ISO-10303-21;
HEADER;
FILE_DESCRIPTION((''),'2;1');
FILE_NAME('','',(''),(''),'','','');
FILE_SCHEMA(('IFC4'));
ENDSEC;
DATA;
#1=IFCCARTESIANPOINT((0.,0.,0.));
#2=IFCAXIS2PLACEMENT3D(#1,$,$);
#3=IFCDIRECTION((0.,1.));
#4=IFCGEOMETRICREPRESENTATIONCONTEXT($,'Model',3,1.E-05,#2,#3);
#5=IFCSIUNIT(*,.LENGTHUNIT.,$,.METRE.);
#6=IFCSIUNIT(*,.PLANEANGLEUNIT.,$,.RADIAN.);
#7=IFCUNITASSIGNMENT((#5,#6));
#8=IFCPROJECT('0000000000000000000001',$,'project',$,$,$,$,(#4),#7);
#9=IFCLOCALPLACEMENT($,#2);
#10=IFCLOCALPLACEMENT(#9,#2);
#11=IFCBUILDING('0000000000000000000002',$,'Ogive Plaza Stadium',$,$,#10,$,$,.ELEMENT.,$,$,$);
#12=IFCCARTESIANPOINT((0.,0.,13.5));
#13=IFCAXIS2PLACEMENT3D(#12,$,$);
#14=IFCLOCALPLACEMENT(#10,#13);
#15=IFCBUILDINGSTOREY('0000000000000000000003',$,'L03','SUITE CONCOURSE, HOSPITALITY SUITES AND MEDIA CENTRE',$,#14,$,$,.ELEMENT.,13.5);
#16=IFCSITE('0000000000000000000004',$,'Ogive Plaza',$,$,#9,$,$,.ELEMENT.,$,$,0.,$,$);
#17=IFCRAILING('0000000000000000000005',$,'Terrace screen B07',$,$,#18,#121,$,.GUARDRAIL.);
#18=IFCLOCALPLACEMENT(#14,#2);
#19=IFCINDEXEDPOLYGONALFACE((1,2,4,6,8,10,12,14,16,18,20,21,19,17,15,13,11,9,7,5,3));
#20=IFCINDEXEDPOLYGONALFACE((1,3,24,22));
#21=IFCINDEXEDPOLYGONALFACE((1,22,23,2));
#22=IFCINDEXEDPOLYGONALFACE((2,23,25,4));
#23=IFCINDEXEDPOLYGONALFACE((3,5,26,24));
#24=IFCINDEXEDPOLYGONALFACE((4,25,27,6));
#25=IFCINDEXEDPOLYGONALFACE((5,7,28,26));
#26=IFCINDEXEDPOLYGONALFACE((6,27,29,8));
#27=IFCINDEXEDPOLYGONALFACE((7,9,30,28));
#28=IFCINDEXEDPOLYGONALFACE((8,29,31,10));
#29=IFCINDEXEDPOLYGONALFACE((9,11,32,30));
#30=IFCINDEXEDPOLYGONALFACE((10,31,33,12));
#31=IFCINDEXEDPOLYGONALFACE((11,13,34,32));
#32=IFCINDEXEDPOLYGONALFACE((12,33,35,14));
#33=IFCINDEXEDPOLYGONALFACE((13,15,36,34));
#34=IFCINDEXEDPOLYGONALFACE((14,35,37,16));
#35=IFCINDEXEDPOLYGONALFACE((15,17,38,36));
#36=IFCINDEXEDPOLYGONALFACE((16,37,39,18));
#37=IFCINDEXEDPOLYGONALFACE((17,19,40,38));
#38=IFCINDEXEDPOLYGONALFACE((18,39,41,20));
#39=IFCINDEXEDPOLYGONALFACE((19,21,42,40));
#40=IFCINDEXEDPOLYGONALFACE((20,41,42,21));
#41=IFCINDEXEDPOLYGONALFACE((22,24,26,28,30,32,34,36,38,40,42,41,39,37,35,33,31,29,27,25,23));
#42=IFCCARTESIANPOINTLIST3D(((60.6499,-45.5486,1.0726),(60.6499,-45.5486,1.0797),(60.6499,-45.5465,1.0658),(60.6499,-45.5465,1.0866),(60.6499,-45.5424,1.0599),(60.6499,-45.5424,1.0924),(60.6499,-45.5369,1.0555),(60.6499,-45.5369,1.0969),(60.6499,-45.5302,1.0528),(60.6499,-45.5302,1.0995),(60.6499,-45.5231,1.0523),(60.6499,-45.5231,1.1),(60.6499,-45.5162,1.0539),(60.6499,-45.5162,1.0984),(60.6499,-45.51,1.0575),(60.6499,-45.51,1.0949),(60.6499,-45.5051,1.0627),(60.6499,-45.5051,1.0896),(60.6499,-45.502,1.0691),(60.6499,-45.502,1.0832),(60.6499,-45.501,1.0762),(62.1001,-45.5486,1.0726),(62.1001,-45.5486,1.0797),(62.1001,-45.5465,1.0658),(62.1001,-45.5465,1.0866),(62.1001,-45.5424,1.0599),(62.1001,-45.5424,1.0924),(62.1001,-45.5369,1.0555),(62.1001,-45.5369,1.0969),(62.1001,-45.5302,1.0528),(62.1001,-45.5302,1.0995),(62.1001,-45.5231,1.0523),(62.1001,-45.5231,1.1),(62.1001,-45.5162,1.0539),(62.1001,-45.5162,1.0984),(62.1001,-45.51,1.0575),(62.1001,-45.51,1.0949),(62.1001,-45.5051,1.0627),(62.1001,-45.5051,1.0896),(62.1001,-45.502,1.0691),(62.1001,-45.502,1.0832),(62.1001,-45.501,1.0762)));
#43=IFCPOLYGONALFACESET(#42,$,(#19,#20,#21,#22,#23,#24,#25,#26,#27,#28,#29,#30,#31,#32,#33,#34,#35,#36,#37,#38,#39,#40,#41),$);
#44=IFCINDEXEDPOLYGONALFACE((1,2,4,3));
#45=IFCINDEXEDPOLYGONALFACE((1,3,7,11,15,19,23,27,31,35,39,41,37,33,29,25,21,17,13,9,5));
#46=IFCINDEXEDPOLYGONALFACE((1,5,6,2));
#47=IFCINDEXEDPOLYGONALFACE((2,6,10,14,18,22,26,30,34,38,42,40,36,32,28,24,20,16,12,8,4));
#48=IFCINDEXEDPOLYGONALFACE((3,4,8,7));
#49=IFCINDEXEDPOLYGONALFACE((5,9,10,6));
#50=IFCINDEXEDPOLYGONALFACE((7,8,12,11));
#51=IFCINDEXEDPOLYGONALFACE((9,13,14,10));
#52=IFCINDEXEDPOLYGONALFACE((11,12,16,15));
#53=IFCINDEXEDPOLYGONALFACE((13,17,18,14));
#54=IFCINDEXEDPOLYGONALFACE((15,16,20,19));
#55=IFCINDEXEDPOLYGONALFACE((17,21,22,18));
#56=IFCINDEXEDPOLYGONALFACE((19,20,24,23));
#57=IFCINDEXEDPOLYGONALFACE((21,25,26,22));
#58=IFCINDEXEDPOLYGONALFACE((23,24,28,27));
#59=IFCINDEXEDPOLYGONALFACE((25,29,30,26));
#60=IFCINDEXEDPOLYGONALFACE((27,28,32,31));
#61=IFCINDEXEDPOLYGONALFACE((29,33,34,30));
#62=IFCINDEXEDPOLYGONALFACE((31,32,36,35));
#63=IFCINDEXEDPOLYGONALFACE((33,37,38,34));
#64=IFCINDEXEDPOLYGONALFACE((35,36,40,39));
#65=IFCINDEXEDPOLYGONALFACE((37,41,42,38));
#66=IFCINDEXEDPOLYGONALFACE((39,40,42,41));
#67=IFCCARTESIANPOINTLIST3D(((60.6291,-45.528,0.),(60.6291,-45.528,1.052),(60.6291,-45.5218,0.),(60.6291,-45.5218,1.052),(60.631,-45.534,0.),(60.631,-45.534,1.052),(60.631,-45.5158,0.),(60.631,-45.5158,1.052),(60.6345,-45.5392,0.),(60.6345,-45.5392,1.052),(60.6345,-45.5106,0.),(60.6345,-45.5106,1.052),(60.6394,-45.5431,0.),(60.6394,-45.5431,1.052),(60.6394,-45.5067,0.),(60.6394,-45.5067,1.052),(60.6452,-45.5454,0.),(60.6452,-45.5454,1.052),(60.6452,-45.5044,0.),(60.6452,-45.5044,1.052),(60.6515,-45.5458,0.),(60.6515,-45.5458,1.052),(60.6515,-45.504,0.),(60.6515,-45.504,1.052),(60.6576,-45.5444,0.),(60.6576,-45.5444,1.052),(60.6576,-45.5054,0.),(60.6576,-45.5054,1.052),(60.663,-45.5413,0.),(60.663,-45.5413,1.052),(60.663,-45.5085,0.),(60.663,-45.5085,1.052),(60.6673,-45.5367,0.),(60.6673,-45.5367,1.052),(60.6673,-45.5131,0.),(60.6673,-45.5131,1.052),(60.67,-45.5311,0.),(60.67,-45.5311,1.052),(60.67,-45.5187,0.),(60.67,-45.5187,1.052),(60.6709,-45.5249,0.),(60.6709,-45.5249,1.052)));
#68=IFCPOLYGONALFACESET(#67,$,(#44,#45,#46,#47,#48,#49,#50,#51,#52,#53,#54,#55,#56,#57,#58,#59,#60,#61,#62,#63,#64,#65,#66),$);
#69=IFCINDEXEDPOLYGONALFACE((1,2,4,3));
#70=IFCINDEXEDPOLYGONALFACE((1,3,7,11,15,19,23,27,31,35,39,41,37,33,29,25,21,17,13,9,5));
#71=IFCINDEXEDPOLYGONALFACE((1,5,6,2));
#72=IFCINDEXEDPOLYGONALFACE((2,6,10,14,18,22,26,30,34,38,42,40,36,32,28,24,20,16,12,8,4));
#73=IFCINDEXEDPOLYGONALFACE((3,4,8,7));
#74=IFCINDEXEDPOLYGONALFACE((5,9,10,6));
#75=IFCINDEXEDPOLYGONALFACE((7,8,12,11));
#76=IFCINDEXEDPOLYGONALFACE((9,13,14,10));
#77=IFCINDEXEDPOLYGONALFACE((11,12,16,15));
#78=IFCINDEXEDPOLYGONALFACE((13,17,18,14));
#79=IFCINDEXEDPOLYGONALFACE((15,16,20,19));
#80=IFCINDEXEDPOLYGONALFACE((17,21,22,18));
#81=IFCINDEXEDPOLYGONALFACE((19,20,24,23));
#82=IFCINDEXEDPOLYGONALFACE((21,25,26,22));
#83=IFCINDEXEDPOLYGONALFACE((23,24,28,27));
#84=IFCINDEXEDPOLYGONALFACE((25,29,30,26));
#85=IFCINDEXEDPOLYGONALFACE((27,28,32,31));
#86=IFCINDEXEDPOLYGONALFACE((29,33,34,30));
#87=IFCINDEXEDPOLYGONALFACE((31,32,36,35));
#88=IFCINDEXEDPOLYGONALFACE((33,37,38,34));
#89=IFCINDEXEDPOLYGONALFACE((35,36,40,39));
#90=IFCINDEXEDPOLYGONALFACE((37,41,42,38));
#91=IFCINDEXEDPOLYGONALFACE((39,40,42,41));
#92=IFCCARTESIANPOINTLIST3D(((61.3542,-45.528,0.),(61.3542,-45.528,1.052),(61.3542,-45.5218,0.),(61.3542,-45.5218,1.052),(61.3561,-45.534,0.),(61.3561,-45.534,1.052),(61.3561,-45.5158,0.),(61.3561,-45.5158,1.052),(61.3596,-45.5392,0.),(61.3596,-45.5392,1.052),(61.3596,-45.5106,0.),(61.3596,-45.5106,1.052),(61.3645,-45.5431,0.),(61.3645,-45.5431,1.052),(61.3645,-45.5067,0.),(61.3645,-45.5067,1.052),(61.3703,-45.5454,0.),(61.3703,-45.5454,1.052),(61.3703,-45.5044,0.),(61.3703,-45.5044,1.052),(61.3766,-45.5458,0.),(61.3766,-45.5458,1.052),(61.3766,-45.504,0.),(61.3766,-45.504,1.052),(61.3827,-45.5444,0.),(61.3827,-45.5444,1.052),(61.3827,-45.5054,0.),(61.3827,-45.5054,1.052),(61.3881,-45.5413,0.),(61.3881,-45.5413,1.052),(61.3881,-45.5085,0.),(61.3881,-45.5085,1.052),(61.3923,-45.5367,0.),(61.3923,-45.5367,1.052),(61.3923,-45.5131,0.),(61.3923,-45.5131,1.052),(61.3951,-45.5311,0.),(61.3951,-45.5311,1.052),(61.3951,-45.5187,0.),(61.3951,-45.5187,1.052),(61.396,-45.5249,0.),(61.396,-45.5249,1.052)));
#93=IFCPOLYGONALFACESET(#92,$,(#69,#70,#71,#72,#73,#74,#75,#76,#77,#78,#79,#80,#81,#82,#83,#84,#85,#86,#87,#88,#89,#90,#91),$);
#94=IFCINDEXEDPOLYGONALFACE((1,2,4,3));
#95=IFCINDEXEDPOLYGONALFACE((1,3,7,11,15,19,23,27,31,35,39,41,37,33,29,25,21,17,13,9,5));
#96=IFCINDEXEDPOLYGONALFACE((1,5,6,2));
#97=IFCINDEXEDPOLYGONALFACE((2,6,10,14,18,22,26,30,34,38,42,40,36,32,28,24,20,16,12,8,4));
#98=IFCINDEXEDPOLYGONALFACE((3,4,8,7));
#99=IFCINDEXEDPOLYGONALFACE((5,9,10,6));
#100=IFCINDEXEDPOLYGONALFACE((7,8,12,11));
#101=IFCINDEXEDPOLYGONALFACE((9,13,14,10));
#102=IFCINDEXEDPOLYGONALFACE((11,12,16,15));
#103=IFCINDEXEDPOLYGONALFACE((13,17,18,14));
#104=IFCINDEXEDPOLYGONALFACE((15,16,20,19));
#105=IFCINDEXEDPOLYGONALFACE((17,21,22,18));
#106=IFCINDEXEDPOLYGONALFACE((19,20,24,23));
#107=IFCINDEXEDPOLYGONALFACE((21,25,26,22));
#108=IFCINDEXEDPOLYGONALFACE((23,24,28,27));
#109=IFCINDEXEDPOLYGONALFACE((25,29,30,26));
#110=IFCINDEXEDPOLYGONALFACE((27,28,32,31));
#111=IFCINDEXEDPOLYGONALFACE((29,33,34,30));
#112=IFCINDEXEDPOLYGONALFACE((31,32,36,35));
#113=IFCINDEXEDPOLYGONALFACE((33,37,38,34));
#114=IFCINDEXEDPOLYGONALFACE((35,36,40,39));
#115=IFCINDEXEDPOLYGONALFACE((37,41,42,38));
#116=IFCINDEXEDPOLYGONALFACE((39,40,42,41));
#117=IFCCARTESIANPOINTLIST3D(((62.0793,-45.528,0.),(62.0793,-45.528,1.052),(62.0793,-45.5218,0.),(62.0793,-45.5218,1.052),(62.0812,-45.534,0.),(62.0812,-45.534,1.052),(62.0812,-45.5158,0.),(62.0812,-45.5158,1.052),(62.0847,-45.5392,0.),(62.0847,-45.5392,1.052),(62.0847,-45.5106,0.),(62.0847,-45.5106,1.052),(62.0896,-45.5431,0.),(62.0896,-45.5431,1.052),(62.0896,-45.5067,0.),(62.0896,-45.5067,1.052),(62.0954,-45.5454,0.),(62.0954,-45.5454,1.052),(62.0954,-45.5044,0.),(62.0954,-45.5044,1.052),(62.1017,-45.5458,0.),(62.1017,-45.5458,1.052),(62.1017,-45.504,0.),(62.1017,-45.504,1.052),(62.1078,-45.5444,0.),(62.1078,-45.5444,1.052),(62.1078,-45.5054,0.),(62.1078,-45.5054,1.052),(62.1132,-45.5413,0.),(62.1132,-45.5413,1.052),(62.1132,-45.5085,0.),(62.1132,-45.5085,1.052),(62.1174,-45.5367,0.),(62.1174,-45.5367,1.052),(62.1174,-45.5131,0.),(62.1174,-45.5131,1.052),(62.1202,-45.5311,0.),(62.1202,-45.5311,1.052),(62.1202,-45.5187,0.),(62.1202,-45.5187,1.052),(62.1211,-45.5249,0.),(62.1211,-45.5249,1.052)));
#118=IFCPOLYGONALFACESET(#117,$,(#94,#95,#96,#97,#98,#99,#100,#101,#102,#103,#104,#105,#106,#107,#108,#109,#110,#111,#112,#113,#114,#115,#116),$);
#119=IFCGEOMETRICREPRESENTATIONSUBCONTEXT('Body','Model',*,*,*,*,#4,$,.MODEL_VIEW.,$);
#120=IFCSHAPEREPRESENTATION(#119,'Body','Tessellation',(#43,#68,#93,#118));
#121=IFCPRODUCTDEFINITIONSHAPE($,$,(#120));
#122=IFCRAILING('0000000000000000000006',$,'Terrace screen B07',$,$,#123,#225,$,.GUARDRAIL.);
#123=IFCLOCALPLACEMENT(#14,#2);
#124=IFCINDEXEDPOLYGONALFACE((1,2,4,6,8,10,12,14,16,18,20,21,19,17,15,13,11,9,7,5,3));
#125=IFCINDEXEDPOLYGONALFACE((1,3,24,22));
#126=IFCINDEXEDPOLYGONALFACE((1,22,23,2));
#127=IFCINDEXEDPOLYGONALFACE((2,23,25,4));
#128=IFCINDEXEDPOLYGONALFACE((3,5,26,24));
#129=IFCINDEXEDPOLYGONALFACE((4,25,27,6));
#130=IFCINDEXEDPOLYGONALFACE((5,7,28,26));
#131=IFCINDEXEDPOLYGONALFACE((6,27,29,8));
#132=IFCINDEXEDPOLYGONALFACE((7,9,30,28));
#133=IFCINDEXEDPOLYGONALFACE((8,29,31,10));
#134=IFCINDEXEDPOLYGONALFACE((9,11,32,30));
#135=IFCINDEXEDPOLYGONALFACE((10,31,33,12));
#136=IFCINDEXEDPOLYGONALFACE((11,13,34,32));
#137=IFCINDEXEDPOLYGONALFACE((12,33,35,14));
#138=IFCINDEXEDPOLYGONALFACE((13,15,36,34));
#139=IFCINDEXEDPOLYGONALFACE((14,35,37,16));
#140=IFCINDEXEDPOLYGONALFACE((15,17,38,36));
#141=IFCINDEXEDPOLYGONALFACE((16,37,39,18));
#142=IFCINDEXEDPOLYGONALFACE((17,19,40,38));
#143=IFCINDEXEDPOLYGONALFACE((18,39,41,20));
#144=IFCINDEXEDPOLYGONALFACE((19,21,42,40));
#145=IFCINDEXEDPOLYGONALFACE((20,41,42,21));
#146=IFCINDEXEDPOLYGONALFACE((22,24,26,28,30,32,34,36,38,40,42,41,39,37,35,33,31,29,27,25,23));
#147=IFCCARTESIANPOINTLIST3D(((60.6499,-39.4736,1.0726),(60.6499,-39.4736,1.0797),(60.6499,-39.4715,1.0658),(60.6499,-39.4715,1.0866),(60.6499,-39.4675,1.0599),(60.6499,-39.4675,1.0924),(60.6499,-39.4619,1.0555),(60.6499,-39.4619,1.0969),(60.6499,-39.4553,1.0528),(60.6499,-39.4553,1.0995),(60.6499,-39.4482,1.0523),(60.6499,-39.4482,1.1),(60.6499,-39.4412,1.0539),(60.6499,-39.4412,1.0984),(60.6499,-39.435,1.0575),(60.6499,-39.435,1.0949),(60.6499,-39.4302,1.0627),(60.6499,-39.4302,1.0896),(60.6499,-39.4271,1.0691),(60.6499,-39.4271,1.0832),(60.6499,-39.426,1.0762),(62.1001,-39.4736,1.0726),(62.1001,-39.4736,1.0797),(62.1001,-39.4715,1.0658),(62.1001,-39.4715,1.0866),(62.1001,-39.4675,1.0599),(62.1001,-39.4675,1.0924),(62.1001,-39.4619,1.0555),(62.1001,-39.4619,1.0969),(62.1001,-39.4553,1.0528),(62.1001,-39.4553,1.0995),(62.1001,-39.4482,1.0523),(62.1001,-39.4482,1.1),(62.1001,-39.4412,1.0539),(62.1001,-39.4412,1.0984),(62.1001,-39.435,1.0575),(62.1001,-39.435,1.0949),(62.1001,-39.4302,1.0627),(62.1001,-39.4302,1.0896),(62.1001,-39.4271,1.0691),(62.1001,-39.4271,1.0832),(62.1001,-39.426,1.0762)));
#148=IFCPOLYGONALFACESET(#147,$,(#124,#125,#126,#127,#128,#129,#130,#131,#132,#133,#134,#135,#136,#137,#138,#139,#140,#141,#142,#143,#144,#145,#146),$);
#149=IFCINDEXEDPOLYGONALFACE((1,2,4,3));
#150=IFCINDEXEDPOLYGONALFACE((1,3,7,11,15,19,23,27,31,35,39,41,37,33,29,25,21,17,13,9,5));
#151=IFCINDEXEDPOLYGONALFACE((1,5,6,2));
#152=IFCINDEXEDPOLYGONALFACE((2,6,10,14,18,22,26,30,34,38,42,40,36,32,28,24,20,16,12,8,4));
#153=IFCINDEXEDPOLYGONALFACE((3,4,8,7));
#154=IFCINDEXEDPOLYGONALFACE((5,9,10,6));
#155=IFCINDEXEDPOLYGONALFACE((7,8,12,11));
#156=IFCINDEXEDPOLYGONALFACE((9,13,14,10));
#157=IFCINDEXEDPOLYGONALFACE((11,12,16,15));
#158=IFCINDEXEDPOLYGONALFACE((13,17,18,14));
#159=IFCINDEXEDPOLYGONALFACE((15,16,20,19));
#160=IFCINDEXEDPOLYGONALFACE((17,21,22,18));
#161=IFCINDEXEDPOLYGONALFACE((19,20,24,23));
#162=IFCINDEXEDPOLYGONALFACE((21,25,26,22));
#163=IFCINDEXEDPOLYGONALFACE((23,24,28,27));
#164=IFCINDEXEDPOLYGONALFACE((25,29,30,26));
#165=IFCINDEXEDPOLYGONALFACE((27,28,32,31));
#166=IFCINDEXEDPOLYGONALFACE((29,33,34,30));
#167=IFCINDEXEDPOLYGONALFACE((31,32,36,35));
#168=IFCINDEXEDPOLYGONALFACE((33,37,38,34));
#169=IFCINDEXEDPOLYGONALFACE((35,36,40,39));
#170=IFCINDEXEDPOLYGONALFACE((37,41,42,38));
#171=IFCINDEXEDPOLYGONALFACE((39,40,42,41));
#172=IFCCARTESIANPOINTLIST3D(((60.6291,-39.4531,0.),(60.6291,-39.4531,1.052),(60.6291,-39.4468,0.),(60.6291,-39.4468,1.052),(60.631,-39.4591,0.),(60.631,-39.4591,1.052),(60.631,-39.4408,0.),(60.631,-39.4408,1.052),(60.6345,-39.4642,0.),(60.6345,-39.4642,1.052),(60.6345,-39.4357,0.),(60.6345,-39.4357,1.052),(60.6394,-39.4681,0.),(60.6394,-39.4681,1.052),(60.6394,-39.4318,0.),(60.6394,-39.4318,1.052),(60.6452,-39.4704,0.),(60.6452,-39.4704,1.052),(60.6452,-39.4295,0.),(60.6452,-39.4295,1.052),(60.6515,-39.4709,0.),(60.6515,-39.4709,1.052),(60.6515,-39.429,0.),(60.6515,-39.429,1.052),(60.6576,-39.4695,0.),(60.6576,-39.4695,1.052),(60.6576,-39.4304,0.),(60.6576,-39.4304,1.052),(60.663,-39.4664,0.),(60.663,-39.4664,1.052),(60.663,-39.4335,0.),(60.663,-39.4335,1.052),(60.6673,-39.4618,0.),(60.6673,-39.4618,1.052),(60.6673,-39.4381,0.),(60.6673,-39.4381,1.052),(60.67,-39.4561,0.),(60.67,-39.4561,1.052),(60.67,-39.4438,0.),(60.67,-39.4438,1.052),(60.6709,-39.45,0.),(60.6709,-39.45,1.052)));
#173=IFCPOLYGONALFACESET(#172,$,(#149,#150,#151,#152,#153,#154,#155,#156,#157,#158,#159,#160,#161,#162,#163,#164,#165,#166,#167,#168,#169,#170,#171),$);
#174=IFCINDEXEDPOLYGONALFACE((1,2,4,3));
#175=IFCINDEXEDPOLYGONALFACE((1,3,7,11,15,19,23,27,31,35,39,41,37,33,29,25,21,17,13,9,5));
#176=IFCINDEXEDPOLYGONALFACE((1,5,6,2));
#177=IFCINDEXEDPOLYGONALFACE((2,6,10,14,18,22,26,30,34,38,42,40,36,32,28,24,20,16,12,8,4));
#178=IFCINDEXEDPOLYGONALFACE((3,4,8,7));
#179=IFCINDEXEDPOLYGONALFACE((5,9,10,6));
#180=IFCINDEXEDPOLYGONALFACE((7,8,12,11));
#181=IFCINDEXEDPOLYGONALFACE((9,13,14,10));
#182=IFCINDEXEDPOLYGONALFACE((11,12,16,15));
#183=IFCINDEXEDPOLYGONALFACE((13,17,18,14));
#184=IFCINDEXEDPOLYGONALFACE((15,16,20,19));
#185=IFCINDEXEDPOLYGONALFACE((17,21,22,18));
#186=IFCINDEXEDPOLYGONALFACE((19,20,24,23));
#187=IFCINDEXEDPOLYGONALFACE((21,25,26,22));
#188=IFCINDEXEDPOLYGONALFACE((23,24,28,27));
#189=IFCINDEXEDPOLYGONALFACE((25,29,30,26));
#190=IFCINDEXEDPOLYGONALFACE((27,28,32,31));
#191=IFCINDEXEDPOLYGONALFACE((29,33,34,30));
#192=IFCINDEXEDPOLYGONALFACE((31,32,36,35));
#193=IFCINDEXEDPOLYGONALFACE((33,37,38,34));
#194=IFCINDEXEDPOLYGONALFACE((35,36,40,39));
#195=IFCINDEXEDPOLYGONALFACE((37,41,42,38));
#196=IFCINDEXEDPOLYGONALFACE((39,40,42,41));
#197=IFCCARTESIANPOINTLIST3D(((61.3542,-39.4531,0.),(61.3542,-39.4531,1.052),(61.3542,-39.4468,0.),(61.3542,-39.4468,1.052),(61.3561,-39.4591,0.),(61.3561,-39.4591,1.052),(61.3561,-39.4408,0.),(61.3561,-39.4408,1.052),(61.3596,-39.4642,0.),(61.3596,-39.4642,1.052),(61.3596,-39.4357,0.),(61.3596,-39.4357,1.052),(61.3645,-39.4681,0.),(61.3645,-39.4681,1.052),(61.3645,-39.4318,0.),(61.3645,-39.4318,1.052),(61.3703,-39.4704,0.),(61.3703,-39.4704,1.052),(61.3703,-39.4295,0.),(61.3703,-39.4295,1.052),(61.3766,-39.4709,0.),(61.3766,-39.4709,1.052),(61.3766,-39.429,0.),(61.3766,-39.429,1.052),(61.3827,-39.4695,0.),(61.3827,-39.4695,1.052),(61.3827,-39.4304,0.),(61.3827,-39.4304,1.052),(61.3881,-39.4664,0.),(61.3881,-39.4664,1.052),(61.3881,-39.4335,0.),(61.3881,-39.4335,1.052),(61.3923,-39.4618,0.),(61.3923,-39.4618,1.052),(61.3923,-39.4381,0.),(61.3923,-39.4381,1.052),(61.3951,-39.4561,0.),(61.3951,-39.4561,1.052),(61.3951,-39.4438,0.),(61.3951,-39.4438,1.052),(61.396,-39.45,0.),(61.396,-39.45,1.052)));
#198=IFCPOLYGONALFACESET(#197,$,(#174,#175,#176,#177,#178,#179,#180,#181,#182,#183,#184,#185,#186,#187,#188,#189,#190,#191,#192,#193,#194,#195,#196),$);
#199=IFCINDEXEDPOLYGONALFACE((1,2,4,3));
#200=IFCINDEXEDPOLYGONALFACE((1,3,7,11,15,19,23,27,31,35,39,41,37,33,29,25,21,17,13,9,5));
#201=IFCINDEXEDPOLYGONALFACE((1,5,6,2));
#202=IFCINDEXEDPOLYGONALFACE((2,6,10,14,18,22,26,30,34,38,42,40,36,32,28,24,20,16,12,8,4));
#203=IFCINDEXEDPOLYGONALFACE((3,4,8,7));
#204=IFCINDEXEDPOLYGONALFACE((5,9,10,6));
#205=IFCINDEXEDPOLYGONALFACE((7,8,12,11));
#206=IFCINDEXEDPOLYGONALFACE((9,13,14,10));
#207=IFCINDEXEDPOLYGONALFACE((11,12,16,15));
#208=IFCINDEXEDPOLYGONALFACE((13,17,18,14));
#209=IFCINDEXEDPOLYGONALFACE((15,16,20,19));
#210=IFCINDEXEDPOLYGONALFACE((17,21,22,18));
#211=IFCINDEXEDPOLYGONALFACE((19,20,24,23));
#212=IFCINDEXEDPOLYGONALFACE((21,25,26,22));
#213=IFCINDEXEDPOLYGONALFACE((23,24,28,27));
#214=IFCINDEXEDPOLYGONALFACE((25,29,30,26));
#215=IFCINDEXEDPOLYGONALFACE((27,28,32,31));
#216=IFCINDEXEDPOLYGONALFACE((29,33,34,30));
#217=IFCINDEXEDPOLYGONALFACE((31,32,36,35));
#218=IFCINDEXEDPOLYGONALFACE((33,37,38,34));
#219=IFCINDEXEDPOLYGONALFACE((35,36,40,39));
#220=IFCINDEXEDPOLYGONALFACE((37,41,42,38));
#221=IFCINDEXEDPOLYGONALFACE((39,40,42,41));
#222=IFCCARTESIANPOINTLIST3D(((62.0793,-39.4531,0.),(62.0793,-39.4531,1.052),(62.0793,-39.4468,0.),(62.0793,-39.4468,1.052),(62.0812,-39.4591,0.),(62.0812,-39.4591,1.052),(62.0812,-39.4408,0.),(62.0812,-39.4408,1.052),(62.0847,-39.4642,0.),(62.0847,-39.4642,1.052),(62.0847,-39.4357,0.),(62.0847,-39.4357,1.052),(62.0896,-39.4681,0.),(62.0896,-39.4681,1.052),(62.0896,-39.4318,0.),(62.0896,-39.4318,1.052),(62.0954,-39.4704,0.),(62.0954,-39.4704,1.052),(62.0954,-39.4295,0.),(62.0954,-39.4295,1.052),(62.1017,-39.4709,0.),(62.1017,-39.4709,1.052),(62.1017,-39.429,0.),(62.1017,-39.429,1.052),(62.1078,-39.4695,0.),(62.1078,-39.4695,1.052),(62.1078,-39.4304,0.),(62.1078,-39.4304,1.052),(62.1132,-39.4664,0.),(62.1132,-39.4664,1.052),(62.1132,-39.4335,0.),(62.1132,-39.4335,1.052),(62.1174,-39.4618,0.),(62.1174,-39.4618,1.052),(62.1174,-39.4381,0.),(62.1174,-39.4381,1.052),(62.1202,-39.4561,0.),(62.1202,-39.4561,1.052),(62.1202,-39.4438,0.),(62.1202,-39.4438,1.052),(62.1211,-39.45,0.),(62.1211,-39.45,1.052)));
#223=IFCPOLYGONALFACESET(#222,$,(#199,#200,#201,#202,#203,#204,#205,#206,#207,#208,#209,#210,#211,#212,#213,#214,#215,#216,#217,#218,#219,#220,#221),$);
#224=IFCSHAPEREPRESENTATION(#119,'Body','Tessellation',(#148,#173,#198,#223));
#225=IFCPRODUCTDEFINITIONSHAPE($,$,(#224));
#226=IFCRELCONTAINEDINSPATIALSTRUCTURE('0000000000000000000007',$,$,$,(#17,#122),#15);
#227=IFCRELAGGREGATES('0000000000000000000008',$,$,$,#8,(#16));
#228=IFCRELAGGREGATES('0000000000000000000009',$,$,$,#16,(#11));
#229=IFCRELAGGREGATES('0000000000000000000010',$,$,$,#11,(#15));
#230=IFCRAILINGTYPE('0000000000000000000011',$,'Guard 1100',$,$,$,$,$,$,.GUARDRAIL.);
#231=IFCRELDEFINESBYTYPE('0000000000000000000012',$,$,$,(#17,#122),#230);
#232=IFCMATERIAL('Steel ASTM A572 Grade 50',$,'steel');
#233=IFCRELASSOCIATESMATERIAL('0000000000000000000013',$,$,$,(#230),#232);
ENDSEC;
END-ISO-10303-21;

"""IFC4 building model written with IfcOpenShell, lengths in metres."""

from ifc_helpers import new_model, si_unit, direction, frame, origin, origin_2d, place, context, subcontext, project, spatial, circle, extrude, material, type_object, element, save


model = new_model("IFC4")

# Units and contexts
model_context = context("Model", 3, precision=1e-05, world=origin(), true_north=direction((0.0, 1.0)))
body_context = subcontext(model_context, "Body", "Model", "MODEL_VIEW")
ifc_project = project(units=[si_unit("LENGTHUNIT", "METRE"), si_unit("PLANEANGLEUNIT", "RADIAN")], contexts=[model_context])

# Site, building, storey
site_placement = place(None, origin())
site = spatial("IfcSite", under=ifc_project, at=site_placement, Name="Ogive Plaza", CompositionType="ELEMENT", RefElevation=0.0)
building_placement = place(site_placement, origin())
building = spatial("IfcBuilding", under=site, at=building_placement, Name="Ogive Plaza Stadium", CompositionType="ELEMENT")
storey_placement = place(building_placement, frame((0.0, 0.0, 13.5)))
storey = spatial("IfcBuildingStorey", under=building, at=storey_placement, Name="L03", Description="SUITE CONCOURSE, HOSPITALITY SUITES AND MEDIA CENTRE", CompositionType="ELEMENT", Elevation=13.5)

# Railings
ifc_material_1 = material(Name="Steel ASTM A572 Grade 50", Category="steel")
railing_type = type_object("IfcRailingType", Name="Guard 1100", PredefinedType="GUARDRAIL", material=ifc_material_1)
for number, where, name in (
    (1, (60.6499, -45.5249, 0.0), "Terrace screen B07"),
    (2, (60.6499, -39.45, 0.0), "Terrace screen B07"),
):
    element("IfcRailing", number, at=place(storey_placement, frame(where)), inside=storey, type_object=railing_type, Name=name, PredefinedType="GUARDRAIL", context=body_context, shape_type="SweptSolid", body=[
        extrude(circle(Radius=0.0239, at=origin_2d()), frame((0.0, 0.0, 1.0762), z_axis=(1.0, 0.0, 0.0), x_axis=(0.0, 1.0, 0.0)), (0.0, 0.0, 1.0), 1.4502),
        extrude(circle(Radius=0.021, at=origin_2d()), origin(), (0.0, 0.0, 1.0), 1.052),
        extrude(circle(Radius=0.021, at=origin_2d()), frame((0.7251, 0.0, 0.0)), (0.0, 0.0, 1.0), 1.052),
        extrude(circle(Radius=0.021, at=origin_2d()), frame((1.4502, 0.0, 0.0)), (0.0, 0.0, 1.0), 1.052),
    ])

save(model, "model.ifc")
